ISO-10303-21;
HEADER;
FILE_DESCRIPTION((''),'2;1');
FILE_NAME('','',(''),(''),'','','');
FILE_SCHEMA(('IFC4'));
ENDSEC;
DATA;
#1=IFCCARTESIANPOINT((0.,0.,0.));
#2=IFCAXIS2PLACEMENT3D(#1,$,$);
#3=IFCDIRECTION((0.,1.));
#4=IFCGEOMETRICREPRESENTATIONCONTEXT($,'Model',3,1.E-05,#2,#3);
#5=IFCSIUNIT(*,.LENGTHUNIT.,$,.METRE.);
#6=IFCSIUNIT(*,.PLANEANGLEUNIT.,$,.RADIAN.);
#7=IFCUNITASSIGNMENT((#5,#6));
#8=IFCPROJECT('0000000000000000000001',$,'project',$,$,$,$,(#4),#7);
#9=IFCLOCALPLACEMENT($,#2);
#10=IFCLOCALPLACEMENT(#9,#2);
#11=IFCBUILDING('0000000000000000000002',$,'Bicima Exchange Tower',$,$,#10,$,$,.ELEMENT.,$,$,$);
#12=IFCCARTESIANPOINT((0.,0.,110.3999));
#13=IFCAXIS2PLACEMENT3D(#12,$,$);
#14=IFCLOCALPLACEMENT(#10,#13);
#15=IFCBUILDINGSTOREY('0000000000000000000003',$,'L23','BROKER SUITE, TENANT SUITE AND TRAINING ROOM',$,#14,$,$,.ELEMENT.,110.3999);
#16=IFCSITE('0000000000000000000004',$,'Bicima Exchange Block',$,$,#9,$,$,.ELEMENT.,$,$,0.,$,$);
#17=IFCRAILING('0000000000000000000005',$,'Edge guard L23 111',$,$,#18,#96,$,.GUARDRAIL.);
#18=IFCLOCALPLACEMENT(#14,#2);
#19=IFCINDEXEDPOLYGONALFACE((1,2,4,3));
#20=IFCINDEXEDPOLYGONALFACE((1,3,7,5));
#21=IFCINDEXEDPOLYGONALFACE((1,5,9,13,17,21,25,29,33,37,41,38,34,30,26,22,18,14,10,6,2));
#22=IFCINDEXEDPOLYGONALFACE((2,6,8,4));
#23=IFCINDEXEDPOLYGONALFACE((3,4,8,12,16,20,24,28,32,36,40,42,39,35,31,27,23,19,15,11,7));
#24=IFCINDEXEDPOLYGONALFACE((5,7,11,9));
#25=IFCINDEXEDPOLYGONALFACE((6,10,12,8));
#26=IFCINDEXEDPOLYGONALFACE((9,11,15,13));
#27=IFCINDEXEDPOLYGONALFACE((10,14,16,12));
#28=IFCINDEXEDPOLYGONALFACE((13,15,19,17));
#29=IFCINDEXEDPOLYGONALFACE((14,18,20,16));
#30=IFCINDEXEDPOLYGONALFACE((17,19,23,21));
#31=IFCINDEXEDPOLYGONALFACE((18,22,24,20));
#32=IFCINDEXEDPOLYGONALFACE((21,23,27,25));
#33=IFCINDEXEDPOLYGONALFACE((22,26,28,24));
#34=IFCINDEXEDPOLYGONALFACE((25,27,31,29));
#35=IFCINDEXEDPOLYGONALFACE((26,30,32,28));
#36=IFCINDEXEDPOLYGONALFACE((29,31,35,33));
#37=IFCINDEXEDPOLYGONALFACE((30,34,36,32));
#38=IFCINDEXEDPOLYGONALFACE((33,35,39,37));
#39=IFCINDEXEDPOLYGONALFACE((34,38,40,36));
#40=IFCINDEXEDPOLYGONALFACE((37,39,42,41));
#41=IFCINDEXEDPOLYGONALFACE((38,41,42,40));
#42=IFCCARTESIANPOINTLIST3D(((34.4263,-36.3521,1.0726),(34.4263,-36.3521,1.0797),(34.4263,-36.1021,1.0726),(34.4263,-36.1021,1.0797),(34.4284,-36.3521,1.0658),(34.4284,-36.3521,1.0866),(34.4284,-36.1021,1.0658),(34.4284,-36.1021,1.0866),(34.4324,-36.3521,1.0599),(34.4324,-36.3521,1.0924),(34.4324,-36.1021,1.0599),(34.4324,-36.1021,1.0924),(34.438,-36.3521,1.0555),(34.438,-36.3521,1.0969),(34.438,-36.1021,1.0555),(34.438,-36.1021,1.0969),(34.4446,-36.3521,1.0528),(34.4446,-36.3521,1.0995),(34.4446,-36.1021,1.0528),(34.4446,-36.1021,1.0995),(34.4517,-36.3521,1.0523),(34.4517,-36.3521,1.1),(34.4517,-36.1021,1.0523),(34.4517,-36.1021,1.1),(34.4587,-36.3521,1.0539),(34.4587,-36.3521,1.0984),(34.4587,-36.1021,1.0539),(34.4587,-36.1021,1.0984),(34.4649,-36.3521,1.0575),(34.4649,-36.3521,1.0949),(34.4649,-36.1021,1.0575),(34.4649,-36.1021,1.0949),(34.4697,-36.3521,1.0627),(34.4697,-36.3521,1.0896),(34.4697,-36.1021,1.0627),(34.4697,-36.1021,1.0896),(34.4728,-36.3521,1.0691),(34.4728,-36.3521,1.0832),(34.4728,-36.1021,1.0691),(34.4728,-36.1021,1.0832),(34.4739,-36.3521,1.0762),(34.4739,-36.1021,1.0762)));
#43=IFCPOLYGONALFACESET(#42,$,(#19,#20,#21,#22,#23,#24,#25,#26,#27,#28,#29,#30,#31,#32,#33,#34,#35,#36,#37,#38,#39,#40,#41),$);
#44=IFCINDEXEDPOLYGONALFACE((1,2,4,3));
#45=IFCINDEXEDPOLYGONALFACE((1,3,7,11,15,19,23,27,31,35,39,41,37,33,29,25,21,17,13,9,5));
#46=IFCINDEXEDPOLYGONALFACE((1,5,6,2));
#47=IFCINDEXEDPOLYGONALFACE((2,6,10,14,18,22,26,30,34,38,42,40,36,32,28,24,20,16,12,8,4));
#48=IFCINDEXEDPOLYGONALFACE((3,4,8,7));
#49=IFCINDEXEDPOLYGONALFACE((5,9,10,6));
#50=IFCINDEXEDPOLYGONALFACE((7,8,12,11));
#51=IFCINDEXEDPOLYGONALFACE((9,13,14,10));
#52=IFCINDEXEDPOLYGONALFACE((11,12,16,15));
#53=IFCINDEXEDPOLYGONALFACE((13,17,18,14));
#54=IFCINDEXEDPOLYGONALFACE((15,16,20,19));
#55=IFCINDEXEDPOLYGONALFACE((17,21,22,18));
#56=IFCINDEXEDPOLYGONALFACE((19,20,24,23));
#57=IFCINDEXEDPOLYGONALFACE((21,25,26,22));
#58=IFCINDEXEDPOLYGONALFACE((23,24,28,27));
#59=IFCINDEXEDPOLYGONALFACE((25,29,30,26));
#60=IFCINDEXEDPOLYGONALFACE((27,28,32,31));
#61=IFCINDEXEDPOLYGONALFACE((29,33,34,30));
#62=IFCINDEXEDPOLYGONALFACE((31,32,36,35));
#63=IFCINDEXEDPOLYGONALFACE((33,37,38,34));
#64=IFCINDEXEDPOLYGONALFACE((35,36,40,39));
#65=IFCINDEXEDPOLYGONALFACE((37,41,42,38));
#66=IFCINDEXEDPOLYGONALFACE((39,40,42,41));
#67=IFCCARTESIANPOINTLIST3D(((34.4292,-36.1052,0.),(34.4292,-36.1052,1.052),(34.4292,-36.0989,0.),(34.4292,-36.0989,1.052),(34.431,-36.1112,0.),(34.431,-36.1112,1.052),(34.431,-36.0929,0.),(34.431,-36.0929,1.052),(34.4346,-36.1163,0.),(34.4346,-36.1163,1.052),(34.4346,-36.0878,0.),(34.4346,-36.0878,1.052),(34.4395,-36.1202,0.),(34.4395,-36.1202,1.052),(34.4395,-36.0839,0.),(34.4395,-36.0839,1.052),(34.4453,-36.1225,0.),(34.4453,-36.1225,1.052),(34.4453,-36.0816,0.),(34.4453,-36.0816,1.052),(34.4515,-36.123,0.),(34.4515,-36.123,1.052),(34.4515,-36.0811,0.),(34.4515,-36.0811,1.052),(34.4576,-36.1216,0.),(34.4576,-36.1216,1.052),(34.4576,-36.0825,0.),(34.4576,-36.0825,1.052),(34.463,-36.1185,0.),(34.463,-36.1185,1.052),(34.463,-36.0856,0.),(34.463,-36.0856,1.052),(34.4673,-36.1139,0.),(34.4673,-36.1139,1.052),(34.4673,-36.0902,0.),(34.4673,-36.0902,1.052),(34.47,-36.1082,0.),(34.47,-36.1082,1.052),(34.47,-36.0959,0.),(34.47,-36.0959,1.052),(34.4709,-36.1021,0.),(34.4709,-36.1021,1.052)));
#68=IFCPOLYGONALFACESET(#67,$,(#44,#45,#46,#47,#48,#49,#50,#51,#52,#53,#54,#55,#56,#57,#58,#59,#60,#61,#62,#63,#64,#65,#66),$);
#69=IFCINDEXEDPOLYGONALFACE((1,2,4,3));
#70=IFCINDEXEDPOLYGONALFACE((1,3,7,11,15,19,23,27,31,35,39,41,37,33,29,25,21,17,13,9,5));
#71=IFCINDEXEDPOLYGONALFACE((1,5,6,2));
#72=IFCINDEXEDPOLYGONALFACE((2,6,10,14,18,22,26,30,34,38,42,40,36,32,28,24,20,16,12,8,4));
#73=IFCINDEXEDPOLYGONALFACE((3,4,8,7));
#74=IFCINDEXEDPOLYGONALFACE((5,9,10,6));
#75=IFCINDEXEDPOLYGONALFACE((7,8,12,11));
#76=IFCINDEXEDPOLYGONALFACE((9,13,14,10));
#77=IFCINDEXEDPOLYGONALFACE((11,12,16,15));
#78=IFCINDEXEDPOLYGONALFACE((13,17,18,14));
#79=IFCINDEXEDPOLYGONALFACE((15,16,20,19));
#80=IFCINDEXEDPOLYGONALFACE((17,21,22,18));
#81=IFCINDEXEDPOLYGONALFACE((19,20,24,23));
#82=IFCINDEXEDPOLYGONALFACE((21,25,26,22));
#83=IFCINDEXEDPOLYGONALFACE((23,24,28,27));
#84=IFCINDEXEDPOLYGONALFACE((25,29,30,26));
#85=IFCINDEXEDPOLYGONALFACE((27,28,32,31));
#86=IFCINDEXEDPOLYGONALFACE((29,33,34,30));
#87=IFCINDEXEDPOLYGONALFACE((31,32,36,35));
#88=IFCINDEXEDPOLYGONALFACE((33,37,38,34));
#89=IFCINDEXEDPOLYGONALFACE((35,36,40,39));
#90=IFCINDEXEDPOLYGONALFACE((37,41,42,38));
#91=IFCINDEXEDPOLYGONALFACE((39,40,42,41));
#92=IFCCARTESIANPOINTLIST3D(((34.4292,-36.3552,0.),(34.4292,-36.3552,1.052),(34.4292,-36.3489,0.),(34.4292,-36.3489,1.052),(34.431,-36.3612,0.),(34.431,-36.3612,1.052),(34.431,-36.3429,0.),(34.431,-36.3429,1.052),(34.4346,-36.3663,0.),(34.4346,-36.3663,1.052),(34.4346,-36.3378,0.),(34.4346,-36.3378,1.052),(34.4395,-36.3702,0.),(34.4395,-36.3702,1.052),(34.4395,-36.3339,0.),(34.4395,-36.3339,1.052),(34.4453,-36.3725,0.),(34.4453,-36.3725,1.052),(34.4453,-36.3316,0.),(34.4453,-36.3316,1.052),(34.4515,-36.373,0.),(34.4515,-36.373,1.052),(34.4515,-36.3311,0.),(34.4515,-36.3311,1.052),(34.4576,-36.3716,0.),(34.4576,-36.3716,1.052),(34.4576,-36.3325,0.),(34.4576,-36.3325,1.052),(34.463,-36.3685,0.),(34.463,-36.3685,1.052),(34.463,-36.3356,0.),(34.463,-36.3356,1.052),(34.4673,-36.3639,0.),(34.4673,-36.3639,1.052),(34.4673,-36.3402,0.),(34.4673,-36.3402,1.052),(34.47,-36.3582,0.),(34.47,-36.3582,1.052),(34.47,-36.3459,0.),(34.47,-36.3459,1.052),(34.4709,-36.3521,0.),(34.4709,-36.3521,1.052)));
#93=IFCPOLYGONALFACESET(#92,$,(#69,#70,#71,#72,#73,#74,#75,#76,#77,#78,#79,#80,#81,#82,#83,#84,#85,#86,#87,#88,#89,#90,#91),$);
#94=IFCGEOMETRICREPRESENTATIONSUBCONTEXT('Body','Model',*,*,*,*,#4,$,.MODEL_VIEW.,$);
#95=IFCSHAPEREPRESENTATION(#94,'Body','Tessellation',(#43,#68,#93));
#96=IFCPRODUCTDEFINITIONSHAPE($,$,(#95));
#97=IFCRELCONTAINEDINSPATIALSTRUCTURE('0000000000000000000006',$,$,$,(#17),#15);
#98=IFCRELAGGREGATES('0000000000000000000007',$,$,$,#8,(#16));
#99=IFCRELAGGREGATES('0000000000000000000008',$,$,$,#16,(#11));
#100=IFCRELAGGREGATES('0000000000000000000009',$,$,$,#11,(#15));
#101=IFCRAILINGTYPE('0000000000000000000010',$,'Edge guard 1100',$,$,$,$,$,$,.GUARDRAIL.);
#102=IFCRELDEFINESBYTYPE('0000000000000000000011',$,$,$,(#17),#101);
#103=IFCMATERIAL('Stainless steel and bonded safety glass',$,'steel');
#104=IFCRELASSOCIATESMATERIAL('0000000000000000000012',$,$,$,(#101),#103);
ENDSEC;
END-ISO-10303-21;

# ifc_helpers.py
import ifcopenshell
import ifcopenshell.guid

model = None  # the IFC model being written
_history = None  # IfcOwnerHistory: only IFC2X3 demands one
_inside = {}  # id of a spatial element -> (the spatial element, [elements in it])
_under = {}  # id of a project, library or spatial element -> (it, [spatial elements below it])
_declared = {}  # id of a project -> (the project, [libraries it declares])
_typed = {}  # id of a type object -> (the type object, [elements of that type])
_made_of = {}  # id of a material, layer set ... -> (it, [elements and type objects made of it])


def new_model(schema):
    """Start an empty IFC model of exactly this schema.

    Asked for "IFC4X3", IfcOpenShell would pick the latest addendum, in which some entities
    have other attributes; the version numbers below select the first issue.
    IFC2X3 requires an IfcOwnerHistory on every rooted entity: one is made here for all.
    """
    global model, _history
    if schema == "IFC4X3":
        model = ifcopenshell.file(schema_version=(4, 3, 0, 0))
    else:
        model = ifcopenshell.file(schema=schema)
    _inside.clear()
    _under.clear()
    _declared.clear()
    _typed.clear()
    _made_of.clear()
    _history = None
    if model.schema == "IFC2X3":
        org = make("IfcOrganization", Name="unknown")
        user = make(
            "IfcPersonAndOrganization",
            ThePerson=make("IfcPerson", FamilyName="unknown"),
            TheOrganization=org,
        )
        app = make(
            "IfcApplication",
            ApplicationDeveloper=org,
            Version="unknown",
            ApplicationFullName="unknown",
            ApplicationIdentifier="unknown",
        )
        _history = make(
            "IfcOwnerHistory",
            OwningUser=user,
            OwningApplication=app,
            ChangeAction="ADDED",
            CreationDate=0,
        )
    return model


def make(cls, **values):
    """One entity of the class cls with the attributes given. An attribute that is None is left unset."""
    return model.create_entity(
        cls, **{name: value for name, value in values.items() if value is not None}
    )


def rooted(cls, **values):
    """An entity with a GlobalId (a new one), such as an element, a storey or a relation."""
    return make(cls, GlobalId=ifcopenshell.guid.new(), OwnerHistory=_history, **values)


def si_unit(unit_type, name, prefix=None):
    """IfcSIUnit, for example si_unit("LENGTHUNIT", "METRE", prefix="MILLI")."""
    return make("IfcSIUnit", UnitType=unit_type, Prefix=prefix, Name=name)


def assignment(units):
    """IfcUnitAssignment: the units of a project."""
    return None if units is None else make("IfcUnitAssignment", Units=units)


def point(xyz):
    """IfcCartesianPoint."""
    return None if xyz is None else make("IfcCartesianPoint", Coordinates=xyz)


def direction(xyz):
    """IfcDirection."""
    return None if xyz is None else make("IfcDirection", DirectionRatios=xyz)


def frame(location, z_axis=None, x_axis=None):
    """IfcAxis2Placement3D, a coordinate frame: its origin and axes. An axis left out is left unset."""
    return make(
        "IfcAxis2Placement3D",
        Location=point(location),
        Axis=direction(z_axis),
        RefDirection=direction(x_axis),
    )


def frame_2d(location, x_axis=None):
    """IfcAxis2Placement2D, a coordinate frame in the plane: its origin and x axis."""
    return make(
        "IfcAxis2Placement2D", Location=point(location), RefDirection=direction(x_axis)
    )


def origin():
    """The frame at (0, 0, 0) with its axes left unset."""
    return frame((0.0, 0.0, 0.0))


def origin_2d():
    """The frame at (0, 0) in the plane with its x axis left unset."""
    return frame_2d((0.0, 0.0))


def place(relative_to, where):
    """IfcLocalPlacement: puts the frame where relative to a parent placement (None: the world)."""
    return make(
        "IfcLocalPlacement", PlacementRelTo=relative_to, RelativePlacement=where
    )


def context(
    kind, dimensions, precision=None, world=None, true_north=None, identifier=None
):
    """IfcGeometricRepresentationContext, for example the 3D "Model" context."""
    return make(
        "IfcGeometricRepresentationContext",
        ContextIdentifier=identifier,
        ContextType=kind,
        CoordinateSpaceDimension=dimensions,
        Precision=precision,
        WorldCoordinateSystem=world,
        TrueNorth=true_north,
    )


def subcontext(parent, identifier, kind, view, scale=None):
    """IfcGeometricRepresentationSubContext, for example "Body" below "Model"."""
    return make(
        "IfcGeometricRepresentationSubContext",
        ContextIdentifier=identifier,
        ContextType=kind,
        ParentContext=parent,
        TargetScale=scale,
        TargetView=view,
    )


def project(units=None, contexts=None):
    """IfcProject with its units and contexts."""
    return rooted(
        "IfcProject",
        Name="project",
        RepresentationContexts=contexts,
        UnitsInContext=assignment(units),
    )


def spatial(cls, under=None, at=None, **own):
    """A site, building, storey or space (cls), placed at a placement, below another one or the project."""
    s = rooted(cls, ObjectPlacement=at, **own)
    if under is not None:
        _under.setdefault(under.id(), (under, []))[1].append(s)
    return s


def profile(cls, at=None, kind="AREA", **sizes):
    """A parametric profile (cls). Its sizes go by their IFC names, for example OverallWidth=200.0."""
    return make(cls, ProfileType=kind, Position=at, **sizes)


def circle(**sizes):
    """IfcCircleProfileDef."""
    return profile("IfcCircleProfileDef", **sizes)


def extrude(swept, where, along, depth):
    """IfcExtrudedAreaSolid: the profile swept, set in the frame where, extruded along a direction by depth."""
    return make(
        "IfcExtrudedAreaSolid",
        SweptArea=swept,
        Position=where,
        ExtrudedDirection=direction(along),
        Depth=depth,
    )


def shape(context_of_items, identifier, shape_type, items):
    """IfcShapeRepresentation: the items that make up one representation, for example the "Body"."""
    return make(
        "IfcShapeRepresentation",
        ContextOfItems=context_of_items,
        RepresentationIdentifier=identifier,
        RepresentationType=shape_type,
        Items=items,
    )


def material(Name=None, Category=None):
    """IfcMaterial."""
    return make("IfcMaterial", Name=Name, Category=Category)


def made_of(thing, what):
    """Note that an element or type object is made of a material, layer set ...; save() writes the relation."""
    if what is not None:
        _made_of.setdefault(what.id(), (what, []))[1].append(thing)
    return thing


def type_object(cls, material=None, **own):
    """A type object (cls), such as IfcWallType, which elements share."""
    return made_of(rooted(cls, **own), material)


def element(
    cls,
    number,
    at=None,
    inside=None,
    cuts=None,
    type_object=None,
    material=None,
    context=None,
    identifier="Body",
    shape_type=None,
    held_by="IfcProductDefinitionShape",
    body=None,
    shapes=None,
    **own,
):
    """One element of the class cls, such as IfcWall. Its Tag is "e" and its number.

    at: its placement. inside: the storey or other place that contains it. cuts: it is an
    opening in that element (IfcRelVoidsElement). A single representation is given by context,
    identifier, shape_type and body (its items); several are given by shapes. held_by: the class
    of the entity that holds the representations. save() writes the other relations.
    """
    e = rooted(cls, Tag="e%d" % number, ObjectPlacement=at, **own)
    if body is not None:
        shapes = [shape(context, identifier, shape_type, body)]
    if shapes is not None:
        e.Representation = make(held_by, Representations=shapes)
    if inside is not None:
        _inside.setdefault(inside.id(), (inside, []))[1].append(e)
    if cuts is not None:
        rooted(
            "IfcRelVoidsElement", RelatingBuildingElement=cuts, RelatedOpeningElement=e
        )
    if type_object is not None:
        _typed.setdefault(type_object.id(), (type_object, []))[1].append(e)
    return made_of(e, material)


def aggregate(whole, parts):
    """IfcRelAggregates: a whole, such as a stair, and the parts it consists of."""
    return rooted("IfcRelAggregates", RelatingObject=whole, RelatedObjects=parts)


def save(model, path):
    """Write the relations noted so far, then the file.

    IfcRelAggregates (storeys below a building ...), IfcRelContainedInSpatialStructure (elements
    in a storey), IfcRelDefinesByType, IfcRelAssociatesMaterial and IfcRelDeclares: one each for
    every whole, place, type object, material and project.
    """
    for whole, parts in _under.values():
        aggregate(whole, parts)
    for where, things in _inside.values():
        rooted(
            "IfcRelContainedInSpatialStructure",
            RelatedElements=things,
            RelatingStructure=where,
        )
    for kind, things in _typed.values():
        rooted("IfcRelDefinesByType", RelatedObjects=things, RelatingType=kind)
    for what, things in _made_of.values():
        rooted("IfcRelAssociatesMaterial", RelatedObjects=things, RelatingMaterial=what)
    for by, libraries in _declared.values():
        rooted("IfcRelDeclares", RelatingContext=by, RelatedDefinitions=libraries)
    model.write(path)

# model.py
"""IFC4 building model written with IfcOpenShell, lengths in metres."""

from ifc_helpers import new_model, si_unit, direction, frame, origin, origin_2d, place, context, subcontext, project, spatial, circle, extrude, material, type_object, element, save


model = new_model("IFC4")

# Units and contexts
model_context = context("Model", 3, precision=1e-05, world=origin(), true_north=direction((0.0, 1.0)))
body_context = subcontext(model_context, "Body", "Model", "MODEL_VIEW")
ifc_project = project(units=[si_unit("LENGTHUNIT", "METRE"), si_unit("PLANEANGLEUNIT", "RADIAN")], contexts=[model_context])

# Site, building, storey
site_placement = place(None, origin())
site = spatial("IfcSite", under=ifc_project, at=site_placement, Name="Bicima Exchange Block", CompositionType="ELEMENT", RefElevation=0.0)
building_placement = place(site_placement, origin())
building = spatial("IfcBuilding", under=site, at=building_placement, Name="Bicima Exchange Tower", CompositionType="ELEMENT")
storey_placement = place(building_placement, frame((0.0, 0.0, 110.3999)))
storey = spatial("IfcBuildingStorey", under=building, at=storey_placement, Name="L23", Description="BROKER SUITE, TENANT SUITE AND TRAINING ROOM", CompositionType="ELEMENT", Elevation=110.3999)

# Railing
ifc_material_1 = material(Name="Stainless steel and bonded safety glass", Category="steel")
railing_type = type_object("IfcRailingType", Name="Edge guard 1100", PredefinedType="GUARDRAIL", material=ifc_material_1)
railing_1_placement = place(storey_placement, frame((34.45, -36.1021, 0.0)))
element("IfcRailing", 1, at=railing_1_placement, inside=storey, type_object=railing_type, Name="Edge guard L23 111", PredefinedType="GUARDRAIL", context=body_context, shape_type="SweptSolid", body=[
    extrude(circle(Radius=0.0239, at=origin_2d()), frame((0.0, 0.0, 1.0762), z_axis=(0.0, -1.0, 0.0), x_axis=(1.0, 0.0, 0.0)), (0.0, 0.0, 1.0), 0.25),
    extrude(circle(Radius=0.021, at=origin_2d()), origin(), (0.0, 0.0, 1.0), 1.052),
    extrude(circle(Radius=0.021, at=origin_2d()), frame((0.0, -0.25, 0.0)), (0.0, 0.0, 1.0), 1.052),
])

save(model, "model.ifc")
